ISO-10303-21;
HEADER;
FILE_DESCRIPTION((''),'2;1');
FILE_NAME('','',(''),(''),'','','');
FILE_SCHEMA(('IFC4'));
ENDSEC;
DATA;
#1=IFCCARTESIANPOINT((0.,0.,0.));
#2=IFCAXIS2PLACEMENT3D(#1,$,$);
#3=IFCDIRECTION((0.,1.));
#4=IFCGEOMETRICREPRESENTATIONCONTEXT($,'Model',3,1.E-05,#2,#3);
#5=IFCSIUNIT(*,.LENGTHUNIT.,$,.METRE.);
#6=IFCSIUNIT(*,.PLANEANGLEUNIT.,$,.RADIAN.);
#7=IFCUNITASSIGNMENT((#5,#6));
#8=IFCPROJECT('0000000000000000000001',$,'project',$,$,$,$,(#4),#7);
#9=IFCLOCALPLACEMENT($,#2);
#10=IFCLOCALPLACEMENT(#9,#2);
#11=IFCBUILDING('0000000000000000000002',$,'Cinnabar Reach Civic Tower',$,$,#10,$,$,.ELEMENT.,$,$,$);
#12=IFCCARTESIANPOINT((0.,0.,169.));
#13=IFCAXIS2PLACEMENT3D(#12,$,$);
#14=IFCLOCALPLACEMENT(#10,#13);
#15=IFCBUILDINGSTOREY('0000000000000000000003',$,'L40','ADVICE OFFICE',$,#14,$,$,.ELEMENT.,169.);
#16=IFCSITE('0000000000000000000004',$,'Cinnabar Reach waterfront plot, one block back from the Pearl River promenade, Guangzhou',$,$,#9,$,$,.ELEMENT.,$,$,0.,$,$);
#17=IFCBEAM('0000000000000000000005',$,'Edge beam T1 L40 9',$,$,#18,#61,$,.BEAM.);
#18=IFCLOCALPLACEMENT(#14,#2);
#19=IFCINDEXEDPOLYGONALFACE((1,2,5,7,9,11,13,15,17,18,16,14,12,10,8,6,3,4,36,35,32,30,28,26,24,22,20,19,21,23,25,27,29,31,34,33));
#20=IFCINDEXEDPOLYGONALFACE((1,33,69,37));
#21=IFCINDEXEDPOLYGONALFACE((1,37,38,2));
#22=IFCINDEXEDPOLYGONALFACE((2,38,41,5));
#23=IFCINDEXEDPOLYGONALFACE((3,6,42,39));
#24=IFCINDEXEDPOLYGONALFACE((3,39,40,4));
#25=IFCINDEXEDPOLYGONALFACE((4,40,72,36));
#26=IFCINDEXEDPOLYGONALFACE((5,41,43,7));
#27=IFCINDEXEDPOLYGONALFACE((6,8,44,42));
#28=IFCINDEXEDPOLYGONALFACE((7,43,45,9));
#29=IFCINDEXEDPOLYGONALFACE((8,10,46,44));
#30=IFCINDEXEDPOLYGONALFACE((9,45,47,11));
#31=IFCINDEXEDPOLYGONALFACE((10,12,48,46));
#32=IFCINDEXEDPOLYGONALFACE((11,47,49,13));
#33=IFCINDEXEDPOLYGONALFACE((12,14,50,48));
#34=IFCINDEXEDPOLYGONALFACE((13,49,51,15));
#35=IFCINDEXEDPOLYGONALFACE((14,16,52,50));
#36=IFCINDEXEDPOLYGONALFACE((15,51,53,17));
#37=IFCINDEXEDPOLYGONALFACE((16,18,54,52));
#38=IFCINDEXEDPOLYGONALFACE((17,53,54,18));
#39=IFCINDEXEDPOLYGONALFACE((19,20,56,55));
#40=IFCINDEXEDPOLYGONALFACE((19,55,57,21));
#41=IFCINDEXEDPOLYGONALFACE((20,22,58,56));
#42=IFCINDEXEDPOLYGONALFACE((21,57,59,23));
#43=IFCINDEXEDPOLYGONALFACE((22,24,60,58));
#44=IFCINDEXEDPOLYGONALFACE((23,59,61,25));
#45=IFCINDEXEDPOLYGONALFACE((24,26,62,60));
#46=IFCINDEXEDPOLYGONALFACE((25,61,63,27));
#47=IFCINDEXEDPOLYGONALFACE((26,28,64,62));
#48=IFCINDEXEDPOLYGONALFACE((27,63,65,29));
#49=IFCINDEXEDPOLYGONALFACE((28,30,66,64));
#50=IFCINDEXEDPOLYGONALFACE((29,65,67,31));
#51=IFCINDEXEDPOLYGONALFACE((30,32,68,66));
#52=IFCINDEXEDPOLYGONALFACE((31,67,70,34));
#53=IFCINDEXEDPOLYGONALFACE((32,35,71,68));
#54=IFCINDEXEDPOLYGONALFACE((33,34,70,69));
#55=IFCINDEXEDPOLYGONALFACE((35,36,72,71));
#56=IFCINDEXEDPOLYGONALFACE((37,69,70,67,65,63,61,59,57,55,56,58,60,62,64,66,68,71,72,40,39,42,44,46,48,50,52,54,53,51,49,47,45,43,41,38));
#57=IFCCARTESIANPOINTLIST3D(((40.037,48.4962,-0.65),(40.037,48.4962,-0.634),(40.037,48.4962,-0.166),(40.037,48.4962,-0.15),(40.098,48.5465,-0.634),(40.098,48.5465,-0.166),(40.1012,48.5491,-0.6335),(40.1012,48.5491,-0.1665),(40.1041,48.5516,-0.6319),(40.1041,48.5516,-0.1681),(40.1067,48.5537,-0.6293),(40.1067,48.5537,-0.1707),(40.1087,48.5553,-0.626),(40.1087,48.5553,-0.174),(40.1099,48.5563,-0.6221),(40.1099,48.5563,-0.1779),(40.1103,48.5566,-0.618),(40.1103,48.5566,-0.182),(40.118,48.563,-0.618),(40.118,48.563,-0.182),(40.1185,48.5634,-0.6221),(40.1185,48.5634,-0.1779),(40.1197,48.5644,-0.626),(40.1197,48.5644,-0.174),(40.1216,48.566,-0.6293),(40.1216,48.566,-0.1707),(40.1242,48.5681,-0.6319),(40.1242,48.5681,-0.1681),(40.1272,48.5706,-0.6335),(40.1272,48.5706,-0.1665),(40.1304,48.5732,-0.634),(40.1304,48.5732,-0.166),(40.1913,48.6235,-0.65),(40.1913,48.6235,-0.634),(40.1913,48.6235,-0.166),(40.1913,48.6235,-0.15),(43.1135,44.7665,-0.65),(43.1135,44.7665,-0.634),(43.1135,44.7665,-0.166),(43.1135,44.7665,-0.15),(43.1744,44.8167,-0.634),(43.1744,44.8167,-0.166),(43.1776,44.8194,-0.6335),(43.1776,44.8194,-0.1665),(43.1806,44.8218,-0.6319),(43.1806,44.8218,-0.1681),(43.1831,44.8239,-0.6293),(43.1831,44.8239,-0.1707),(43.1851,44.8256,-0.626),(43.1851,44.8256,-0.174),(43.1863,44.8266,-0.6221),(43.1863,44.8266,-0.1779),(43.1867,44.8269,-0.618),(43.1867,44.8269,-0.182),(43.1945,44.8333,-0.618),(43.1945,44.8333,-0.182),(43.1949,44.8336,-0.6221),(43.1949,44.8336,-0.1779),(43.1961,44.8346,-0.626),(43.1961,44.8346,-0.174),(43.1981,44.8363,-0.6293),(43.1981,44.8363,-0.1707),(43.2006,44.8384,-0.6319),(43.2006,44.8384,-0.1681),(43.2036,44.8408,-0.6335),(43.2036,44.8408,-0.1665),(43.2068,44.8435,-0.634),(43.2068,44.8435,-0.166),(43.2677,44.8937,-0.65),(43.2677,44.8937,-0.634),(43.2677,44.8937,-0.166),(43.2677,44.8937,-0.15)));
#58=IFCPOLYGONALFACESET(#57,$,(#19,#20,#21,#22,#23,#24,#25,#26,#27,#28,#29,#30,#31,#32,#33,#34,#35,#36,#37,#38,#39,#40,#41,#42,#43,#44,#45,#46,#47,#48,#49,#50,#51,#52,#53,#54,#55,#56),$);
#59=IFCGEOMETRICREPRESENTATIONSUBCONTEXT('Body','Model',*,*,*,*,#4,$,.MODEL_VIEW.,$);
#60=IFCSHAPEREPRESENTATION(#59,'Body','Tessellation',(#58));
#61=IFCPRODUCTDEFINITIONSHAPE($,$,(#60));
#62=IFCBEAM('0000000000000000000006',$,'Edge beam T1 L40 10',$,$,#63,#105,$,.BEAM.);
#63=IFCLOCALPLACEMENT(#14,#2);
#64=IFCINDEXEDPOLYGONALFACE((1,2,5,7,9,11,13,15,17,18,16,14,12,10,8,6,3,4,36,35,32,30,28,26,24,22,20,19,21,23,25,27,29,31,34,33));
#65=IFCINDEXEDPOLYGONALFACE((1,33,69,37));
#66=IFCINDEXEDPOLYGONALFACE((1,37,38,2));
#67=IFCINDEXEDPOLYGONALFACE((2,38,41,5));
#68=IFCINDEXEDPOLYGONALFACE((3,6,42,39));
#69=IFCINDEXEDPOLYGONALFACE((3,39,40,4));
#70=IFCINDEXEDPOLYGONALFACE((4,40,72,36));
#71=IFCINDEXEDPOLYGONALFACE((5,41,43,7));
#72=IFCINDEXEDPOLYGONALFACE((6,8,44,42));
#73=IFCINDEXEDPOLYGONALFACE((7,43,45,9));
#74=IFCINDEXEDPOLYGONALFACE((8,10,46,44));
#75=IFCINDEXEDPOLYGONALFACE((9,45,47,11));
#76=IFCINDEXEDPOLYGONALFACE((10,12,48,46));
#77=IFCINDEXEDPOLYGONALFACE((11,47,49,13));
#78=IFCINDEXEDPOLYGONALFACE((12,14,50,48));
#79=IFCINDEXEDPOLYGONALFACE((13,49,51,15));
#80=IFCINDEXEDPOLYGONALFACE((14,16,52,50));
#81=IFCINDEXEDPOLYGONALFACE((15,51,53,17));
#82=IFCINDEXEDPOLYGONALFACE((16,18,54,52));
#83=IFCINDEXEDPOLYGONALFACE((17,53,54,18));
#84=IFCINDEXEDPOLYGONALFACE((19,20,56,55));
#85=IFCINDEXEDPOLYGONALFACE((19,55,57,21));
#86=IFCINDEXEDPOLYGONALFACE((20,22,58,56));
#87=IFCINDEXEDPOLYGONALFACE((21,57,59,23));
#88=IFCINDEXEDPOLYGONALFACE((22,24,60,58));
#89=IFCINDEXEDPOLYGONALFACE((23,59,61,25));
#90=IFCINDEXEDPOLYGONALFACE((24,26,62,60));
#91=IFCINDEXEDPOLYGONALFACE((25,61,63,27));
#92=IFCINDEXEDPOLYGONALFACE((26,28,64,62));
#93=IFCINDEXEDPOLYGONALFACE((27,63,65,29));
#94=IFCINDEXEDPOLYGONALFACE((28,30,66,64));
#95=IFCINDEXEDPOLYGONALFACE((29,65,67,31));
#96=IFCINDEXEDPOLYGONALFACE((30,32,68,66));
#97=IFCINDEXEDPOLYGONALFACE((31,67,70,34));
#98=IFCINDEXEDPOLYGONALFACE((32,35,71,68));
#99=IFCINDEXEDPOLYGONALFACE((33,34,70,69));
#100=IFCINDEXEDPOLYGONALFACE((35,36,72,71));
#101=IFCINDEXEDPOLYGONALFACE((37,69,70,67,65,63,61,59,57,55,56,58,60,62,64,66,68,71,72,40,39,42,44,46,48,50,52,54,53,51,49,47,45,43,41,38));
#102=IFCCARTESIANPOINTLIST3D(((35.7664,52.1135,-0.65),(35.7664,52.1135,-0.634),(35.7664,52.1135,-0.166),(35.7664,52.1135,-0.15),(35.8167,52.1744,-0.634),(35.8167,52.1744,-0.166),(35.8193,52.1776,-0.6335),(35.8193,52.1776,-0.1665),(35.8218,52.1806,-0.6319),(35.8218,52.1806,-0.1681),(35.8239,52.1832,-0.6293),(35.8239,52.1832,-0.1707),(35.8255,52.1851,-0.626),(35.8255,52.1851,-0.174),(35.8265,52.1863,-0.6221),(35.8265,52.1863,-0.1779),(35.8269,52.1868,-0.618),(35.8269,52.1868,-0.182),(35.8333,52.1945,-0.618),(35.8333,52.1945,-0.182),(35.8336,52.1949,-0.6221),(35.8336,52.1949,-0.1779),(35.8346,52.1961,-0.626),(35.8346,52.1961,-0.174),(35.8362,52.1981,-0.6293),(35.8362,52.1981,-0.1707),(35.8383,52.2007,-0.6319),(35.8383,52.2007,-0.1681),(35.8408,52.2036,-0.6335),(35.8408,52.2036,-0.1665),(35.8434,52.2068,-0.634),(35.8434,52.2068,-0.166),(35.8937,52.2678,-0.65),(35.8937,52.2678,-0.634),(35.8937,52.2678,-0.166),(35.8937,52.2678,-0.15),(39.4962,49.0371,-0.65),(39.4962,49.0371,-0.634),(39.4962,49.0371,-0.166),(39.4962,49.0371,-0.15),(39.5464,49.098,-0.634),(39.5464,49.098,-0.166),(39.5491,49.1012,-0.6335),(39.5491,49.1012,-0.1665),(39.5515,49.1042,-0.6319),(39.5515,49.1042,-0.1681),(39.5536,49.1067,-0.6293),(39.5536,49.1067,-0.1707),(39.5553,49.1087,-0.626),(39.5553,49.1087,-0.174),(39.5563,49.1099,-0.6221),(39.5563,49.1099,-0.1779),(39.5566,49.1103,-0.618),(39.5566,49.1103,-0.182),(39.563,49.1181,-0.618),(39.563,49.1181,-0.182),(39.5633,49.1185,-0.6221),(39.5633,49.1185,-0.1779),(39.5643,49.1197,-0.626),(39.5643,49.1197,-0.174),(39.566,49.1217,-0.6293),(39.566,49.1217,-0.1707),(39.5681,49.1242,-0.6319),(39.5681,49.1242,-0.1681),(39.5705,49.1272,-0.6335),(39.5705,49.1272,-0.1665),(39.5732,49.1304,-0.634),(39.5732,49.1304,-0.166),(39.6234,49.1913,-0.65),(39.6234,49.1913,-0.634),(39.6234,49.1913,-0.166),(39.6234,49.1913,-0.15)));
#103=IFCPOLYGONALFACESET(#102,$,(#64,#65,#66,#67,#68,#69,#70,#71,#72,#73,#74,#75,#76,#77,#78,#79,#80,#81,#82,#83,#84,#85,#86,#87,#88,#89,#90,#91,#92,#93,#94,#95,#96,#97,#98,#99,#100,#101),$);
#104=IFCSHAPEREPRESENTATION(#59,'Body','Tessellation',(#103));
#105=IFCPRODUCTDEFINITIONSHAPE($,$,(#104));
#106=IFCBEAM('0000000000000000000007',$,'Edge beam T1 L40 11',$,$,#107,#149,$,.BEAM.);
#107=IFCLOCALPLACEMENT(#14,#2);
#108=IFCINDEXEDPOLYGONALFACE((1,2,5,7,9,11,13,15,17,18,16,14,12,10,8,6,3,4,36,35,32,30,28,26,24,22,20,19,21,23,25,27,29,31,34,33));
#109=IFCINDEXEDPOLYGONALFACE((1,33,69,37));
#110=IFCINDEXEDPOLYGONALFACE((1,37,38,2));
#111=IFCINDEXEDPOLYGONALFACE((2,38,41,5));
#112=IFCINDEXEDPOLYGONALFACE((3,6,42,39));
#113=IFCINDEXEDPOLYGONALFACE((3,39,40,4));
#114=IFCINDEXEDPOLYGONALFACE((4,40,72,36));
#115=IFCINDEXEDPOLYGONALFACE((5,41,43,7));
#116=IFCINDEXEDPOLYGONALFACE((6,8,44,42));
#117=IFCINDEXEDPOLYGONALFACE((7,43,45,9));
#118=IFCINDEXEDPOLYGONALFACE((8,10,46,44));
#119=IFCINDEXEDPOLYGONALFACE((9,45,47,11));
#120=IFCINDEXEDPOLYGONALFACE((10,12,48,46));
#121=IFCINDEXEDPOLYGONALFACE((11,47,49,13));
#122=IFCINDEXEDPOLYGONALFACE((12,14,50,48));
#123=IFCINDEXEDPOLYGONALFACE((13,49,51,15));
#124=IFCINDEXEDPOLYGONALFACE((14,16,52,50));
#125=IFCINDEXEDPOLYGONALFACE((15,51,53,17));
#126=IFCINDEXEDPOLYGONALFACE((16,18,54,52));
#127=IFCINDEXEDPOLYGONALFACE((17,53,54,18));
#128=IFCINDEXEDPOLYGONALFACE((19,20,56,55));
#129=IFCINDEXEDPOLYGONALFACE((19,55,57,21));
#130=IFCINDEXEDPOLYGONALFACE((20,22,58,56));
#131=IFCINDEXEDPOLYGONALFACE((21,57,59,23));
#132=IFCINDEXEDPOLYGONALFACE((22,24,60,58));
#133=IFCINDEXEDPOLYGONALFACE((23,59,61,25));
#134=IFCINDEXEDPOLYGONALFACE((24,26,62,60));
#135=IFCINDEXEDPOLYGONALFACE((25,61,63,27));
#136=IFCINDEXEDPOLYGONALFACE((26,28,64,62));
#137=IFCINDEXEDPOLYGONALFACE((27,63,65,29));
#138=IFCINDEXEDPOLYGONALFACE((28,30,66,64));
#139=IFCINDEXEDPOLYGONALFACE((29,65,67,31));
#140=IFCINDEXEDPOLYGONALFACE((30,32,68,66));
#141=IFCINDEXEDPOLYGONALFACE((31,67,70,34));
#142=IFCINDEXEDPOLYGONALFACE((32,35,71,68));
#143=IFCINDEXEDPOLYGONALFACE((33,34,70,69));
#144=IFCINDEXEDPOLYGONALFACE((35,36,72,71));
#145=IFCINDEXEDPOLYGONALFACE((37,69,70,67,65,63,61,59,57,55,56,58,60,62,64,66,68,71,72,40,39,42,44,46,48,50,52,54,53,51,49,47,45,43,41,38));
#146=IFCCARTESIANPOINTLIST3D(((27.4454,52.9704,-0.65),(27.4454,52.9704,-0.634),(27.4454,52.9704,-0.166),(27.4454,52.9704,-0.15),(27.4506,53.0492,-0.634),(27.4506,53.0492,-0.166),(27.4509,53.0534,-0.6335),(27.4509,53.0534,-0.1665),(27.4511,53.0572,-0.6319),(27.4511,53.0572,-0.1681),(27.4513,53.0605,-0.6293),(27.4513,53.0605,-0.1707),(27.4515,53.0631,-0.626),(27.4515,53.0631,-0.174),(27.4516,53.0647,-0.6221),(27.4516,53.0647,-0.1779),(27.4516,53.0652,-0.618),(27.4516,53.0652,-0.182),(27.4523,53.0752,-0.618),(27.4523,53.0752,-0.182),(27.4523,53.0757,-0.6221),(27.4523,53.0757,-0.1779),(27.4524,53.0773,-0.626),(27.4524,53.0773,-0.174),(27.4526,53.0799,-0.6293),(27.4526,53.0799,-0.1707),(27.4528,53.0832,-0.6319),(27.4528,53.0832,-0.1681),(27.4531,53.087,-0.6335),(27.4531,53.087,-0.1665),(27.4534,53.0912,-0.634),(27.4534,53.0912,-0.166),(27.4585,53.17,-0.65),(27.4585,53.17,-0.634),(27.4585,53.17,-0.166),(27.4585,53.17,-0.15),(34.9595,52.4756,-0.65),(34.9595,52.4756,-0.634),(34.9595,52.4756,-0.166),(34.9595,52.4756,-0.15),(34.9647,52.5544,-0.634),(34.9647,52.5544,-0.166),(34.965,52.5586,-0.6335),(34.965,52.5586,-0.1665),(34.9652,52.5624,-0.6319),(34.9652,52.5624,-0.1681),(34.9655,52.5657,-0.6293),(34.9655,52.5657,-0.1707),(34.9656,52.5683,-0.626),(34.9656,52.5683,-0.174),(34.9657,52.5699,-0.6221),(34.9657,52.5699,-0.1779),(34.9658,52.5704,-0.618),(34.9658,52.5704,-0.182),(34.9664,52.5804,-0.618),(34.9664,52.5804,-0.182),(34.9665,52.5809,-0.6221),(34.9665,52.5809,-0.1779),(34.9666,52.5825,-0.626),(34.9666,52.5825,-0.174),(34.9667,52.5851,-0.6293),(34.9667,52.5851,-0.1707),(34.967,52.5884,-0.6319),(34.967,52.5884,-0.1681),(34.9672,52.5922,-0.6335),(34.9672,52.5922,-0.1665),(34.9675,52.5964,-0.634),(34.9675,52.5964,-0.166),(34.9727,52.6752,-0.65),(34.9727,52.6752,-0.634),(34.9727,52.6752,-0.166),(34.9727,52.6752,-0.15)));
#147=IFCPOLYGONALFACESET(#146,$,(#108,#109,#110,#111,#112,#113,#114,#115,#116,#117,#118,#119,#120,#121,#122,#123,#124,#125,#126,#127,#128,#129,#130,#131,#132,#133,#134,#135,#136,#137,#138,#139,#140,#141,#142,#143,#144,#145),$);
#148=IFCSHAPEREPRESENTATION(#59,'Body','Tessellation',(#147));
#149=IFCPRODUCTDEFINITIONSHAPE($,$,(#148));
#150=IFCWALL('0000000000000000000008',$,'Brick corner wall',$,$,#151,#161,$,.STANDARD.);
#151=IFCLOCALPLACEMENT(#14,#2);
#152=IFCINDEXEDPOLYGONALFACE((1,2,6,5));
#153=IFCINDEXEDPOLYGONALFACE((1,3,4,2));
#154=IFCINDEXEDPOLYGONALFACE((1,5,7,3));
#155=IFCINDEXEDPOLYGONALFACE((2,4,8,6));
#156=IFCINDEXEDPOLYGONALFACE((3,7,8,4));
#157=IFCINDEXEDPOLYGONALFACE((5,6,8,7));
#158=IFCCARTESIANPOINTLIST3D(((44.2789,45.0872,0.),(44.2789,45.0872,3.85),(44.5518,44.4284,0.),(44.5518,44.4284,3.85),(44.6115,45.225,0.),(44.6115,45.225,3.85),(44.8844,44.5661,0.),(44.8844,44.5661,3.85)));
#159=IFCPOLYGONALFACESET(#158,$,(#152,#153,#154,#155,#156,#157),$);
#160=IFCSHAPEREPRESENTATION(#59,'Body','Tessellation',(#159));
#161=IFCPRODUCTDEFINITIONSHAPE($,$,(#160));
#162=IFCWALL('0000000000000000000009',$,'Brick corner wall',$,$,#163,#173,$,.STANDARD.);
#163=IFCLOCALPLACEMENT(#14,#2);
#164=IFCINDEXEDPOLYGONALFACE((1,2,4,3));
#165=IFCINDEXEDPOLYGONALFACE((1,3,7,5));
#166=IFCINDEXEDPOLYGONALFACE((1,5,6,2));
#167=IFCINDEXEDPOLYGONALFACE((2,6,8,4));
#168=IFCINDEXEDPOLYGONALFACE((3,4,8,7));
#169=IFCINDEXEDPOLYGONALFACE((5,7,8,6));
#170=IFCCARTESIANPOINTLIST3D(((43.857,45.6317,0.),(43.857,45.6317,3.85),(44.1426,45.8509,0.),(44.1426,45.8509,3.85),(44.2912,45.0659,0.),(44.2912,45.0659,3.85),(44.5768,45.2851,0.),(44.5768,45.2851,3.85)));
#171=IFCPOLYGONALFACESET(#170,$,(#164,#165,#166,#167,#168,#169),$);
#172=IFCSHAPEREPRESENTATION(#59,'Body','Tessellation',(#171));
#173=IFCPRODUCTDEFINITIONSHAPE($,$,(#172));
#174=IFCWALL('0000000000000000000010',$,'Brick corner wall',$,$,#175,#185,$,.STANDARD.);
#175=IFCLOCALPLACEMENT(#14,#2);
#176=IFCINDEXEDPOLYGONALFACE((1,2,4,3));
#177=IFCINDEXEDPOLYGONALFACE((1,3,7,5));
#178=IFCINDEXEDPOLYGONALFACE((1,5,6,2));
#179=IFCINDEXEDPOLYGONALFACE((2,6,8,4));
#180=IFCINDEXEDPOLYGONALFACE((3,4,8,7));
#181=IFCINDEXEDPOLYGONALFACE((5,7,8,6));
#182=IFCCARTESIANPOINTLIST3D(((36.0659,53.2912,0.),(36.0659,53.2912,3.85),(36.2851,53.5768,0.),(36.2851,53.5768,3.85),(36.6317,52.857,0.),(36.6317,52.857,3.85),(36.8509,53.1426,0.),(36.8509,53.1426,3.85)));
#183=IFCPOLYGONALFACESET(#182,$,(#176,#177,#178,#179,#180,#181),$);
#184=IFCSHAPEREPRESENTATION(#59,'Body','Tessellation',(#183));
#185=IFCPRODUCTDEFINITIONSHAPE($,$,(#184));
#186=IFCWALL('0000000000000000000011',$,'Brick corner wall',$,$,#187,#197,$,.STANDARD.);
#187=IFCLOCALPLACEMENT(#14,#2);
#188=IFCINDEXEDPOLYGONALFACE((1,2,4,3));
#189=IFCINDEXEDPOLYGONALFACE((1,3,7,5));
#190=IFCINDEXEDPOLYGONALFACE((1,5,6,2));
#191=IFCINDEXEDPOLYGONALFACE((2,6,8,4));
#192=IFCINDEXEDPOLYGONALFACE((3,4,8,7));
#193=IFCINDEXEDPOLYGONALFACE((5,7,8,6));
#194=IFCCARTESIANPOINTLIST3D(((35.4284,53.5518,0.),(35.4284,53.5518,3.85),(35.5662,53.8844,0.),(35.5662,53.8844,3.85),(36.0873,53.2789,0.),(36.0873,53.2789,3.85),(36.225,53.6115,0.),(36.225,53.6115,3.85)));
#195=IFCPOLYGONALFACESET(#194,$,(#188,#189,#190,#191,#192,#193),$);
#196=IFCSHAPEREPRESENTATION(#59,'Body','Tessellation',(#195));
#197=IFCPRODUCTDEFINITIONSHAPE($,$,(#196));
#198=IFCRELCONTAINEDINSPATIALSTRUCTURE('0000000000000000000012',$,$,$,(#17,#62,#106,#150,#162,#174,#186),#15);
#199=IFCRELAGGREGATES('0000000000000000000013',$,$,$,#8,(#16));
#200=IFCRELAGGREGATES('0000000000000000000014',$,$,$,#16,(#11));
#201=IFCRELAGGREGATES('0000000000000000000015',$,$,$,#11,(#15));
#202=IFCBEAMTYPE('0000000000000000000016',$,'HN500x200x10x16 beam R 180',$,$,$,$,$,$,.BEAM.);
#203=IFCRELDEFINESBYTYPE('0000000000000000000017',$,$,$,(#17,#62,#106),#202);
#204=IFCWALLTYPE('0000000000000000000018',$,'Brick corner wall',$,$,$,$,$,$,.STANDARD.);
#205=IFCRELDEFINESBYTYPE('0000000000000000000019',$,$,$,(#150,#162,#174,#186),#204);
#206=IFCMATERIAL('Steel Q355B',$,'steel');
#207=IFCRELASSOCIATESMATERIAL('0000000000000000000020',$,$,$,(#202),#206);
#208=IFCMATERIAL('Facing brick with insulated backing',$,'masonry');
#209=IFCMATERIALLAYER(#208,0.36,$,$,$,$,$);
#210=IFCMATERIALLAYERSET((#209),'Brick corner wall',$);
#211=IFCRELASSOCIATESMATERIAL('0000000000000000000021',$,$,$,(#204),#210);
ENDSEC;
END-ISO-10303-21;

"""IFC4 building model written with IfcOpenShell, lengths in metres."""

from ifc_helpers import new_model, si_unit, direction, frame, frame_2d, origin, origin_2d, place, context, subcontext, project, spatial, rectangle, i_section, extrude, material, layer, layer_set, material_profile, profile_set, type_object, element, save


model = new_model("IFC4")

# Units and contexts
model_context = context("Model", 3, precision=1e-05, world=origin(), true_north=direction((0.0, 1.0)))
body_context = subcontext(model_context, "Body", "Model", "MODEL_VIEW")
ifc_project = project(units=[si_unit("LENGTHUNIT", "METRE"), si_unit("PLANEANGLEUNIT", "RADIAN")], contexts=[model_context])

# Site, building, storey
site_placement = place(None, origin())
site = spatial("IfcSite", under=ifc_project, at=site_placement, Name="Cinnabar Reach waterfront plot, one block back from the Pearl River promenade, Guangzhou", CompositionType="ELEMENT", RefElevation=0.0)
building_placement = place(site_placement, origin())
building = spatial("IfcBuilding", under=site, at=building_placement, Name="Cinnabar Reach Civic Tower", CompositionType="ELEMENT")
storey_placement = place(building_placement, frame((0.0, 0.0, 169.0)))
storey = spatial("IfcBuildingStorey", under=building, at=storey_placement, Name="L40", Description="ADVICE OFFICE", CompositionType="ELEMENT", Elevation=169.0)

# Beams
ifc_material_1 = material(Name="Steel Q355B", Category="steel")
ifc_material_profile_1 = material_profile(ifc_material_1, i_section(OverallWidth=0.2, OverallDepth=0.5, WebThickness=0.01, FlangeThickness=0.016, FilletRadius=0.016, at=origin_2d()), Name="HN500x200x10x16")
ifc_profile_set_1 = profile_set([ifc_material_profile_1], Name="Steel Q355B")
beam_type_1 = type_object("IfcBeamType", Name="HN500x200x10x16 beam R 180", PredefinedType="BEAM", material=ifc_profile_set_1)
for number, where, z_axis, x_axis, name in (
    (1, (43.1906, 44.8301, -0.4), (-0.636309, 0.771434, 0.0), (-0.771434, -0.636309, 0.0), "Edge beam T1 L40 9"),
    (2, (39.5598, 49.1142, -0.4), (-0.771434, 0.636309, 0.0), (-0.636309, -0.771434, 0.0), "Edge beam T1 L40 10"),
):
    element("IfcBeam", number, at=place(storey_placement, frame(where, z_axis=z_axis, x_axis=x_axis)), inside=storey, type_object=beam_type_1, Name=name, PredefinedType="BEAM", context=body_context, shape_type="SweptSolid", body=[
        extrude(i_section(OverallWidth=0.2, OverallDepth=0.5, WebThickness=0.01, FlangeThickness=0.016, FilletRadius=0.016, at=origin_2d()), origin(), (0.0, 0.0, 1.0), 4.8348),
    ])
beam_1_placement = place(storey_placement, frame((34.9661, 52.5754, -0.4), z_axis=(-0.997839, 0.065707, 0.0), x_axis=(-0.065707, -0.997839, 0.0)))
element("IfcBeam", 3, at=beam_1_placement, inside=storey, type_object=beam_type_1, Name="Edge beam T1 L40 11", PredefinedType="BEAM", context=body_context, shape_type="SweptSolid", body=[
    extrude(i_section(OverallWidth=0.2, OverallDepth=0.5, WebThickness=0.01, FlangeThickness=0.016, FilletRadius=0.016, at=origin_2d()), origin(), (0.0, 0.0, 1.0), 7.5304),
])

# Walls
ifc_material_2 = material(Name="Facing brick with insulated backing", Category="masonry")
ifc_layer_1 = layer(ifc_material_2, 0.36)
ifc_layer_set_1 = layer_set([ifc_layer_1], Name="Brick corner wall")
wall_type_1 = type_object("IfcWallType", Name="Brick corner wall", PredefinedType="STANDARD", material=ifc_layer_set_1)
wall_1_placement = place(storey_placement, frame((44.7181, 44.4973, 0.0), z_axis=(0.0, 0.0, 1.0), x_axis=(-0.382703, 0.923872, 0.0)))
element("IfcWall", 4, at=wall_1_placement, inside=storey, type_object=wall_type_1, Name="Brick corner wall", PredefinedType="STANDARD", context=body_context, shape_type="SweptSolid", body=[
    extrude(rectangle(XDim=0.7131, YDim=0.36, at=frame_2d((0.3565, 0.0))), origin(), (0.0, 0.0, 1.0), 3.85),
])
for number, where, z_axis, x_axis, name in (
    (5, (44.434, 45.1755, 0.0), (0.0, 0.0, 1.0), (-0.608802, 0.793322, 0.0), "Brick corner wall"),
    (6, (36.7413, 52.9998, 0.0), (0.0, 0.0, 1.0), (-0.793322, 0.608802, 0.0), "Brick corner wall"),
):
    element("IfcWall", number, at=place(storey_placement, frame(where, z_axis=z_axis, x_axis=x_axis)), inside=storey, type_object=wall_type_1, Name=name, PredefinedType="STANDARD", context=body_context, shape_type="SweptSolid", body=[
        extrude(rectangle(XDim=0.7132, YDim=0.36, at=frame_2d((0.3566, 0.0))), origin(), (0.0, 0.0, 1.0), 3.85),
    ])
for number, where, z_axis, x_axis, name in (
    (7, (36.1561, 53.4452, 0.0), (0.0, 0.0, 1.0), (-0.923872, 0.382703, 0.0), "Brick corner wall"),
):
    element("IfcWall", number, at=place(storey_placement, frame(where, z_axis=z_axis, x_axis=x_axis)), inside=storey, type_object=wall_type_1, Name=name, PredefinedType="STANDARD", context=body_context, shape_type="SweptSolid", body=[
        extrude(rectangle(XDim=0.7131, YDim=0.36, at=frame_2d((0.3565, 0.0))), origin(), (0.0, 0.0, 1.0), 3.85),
    ])

save(model, "model.ifc")
